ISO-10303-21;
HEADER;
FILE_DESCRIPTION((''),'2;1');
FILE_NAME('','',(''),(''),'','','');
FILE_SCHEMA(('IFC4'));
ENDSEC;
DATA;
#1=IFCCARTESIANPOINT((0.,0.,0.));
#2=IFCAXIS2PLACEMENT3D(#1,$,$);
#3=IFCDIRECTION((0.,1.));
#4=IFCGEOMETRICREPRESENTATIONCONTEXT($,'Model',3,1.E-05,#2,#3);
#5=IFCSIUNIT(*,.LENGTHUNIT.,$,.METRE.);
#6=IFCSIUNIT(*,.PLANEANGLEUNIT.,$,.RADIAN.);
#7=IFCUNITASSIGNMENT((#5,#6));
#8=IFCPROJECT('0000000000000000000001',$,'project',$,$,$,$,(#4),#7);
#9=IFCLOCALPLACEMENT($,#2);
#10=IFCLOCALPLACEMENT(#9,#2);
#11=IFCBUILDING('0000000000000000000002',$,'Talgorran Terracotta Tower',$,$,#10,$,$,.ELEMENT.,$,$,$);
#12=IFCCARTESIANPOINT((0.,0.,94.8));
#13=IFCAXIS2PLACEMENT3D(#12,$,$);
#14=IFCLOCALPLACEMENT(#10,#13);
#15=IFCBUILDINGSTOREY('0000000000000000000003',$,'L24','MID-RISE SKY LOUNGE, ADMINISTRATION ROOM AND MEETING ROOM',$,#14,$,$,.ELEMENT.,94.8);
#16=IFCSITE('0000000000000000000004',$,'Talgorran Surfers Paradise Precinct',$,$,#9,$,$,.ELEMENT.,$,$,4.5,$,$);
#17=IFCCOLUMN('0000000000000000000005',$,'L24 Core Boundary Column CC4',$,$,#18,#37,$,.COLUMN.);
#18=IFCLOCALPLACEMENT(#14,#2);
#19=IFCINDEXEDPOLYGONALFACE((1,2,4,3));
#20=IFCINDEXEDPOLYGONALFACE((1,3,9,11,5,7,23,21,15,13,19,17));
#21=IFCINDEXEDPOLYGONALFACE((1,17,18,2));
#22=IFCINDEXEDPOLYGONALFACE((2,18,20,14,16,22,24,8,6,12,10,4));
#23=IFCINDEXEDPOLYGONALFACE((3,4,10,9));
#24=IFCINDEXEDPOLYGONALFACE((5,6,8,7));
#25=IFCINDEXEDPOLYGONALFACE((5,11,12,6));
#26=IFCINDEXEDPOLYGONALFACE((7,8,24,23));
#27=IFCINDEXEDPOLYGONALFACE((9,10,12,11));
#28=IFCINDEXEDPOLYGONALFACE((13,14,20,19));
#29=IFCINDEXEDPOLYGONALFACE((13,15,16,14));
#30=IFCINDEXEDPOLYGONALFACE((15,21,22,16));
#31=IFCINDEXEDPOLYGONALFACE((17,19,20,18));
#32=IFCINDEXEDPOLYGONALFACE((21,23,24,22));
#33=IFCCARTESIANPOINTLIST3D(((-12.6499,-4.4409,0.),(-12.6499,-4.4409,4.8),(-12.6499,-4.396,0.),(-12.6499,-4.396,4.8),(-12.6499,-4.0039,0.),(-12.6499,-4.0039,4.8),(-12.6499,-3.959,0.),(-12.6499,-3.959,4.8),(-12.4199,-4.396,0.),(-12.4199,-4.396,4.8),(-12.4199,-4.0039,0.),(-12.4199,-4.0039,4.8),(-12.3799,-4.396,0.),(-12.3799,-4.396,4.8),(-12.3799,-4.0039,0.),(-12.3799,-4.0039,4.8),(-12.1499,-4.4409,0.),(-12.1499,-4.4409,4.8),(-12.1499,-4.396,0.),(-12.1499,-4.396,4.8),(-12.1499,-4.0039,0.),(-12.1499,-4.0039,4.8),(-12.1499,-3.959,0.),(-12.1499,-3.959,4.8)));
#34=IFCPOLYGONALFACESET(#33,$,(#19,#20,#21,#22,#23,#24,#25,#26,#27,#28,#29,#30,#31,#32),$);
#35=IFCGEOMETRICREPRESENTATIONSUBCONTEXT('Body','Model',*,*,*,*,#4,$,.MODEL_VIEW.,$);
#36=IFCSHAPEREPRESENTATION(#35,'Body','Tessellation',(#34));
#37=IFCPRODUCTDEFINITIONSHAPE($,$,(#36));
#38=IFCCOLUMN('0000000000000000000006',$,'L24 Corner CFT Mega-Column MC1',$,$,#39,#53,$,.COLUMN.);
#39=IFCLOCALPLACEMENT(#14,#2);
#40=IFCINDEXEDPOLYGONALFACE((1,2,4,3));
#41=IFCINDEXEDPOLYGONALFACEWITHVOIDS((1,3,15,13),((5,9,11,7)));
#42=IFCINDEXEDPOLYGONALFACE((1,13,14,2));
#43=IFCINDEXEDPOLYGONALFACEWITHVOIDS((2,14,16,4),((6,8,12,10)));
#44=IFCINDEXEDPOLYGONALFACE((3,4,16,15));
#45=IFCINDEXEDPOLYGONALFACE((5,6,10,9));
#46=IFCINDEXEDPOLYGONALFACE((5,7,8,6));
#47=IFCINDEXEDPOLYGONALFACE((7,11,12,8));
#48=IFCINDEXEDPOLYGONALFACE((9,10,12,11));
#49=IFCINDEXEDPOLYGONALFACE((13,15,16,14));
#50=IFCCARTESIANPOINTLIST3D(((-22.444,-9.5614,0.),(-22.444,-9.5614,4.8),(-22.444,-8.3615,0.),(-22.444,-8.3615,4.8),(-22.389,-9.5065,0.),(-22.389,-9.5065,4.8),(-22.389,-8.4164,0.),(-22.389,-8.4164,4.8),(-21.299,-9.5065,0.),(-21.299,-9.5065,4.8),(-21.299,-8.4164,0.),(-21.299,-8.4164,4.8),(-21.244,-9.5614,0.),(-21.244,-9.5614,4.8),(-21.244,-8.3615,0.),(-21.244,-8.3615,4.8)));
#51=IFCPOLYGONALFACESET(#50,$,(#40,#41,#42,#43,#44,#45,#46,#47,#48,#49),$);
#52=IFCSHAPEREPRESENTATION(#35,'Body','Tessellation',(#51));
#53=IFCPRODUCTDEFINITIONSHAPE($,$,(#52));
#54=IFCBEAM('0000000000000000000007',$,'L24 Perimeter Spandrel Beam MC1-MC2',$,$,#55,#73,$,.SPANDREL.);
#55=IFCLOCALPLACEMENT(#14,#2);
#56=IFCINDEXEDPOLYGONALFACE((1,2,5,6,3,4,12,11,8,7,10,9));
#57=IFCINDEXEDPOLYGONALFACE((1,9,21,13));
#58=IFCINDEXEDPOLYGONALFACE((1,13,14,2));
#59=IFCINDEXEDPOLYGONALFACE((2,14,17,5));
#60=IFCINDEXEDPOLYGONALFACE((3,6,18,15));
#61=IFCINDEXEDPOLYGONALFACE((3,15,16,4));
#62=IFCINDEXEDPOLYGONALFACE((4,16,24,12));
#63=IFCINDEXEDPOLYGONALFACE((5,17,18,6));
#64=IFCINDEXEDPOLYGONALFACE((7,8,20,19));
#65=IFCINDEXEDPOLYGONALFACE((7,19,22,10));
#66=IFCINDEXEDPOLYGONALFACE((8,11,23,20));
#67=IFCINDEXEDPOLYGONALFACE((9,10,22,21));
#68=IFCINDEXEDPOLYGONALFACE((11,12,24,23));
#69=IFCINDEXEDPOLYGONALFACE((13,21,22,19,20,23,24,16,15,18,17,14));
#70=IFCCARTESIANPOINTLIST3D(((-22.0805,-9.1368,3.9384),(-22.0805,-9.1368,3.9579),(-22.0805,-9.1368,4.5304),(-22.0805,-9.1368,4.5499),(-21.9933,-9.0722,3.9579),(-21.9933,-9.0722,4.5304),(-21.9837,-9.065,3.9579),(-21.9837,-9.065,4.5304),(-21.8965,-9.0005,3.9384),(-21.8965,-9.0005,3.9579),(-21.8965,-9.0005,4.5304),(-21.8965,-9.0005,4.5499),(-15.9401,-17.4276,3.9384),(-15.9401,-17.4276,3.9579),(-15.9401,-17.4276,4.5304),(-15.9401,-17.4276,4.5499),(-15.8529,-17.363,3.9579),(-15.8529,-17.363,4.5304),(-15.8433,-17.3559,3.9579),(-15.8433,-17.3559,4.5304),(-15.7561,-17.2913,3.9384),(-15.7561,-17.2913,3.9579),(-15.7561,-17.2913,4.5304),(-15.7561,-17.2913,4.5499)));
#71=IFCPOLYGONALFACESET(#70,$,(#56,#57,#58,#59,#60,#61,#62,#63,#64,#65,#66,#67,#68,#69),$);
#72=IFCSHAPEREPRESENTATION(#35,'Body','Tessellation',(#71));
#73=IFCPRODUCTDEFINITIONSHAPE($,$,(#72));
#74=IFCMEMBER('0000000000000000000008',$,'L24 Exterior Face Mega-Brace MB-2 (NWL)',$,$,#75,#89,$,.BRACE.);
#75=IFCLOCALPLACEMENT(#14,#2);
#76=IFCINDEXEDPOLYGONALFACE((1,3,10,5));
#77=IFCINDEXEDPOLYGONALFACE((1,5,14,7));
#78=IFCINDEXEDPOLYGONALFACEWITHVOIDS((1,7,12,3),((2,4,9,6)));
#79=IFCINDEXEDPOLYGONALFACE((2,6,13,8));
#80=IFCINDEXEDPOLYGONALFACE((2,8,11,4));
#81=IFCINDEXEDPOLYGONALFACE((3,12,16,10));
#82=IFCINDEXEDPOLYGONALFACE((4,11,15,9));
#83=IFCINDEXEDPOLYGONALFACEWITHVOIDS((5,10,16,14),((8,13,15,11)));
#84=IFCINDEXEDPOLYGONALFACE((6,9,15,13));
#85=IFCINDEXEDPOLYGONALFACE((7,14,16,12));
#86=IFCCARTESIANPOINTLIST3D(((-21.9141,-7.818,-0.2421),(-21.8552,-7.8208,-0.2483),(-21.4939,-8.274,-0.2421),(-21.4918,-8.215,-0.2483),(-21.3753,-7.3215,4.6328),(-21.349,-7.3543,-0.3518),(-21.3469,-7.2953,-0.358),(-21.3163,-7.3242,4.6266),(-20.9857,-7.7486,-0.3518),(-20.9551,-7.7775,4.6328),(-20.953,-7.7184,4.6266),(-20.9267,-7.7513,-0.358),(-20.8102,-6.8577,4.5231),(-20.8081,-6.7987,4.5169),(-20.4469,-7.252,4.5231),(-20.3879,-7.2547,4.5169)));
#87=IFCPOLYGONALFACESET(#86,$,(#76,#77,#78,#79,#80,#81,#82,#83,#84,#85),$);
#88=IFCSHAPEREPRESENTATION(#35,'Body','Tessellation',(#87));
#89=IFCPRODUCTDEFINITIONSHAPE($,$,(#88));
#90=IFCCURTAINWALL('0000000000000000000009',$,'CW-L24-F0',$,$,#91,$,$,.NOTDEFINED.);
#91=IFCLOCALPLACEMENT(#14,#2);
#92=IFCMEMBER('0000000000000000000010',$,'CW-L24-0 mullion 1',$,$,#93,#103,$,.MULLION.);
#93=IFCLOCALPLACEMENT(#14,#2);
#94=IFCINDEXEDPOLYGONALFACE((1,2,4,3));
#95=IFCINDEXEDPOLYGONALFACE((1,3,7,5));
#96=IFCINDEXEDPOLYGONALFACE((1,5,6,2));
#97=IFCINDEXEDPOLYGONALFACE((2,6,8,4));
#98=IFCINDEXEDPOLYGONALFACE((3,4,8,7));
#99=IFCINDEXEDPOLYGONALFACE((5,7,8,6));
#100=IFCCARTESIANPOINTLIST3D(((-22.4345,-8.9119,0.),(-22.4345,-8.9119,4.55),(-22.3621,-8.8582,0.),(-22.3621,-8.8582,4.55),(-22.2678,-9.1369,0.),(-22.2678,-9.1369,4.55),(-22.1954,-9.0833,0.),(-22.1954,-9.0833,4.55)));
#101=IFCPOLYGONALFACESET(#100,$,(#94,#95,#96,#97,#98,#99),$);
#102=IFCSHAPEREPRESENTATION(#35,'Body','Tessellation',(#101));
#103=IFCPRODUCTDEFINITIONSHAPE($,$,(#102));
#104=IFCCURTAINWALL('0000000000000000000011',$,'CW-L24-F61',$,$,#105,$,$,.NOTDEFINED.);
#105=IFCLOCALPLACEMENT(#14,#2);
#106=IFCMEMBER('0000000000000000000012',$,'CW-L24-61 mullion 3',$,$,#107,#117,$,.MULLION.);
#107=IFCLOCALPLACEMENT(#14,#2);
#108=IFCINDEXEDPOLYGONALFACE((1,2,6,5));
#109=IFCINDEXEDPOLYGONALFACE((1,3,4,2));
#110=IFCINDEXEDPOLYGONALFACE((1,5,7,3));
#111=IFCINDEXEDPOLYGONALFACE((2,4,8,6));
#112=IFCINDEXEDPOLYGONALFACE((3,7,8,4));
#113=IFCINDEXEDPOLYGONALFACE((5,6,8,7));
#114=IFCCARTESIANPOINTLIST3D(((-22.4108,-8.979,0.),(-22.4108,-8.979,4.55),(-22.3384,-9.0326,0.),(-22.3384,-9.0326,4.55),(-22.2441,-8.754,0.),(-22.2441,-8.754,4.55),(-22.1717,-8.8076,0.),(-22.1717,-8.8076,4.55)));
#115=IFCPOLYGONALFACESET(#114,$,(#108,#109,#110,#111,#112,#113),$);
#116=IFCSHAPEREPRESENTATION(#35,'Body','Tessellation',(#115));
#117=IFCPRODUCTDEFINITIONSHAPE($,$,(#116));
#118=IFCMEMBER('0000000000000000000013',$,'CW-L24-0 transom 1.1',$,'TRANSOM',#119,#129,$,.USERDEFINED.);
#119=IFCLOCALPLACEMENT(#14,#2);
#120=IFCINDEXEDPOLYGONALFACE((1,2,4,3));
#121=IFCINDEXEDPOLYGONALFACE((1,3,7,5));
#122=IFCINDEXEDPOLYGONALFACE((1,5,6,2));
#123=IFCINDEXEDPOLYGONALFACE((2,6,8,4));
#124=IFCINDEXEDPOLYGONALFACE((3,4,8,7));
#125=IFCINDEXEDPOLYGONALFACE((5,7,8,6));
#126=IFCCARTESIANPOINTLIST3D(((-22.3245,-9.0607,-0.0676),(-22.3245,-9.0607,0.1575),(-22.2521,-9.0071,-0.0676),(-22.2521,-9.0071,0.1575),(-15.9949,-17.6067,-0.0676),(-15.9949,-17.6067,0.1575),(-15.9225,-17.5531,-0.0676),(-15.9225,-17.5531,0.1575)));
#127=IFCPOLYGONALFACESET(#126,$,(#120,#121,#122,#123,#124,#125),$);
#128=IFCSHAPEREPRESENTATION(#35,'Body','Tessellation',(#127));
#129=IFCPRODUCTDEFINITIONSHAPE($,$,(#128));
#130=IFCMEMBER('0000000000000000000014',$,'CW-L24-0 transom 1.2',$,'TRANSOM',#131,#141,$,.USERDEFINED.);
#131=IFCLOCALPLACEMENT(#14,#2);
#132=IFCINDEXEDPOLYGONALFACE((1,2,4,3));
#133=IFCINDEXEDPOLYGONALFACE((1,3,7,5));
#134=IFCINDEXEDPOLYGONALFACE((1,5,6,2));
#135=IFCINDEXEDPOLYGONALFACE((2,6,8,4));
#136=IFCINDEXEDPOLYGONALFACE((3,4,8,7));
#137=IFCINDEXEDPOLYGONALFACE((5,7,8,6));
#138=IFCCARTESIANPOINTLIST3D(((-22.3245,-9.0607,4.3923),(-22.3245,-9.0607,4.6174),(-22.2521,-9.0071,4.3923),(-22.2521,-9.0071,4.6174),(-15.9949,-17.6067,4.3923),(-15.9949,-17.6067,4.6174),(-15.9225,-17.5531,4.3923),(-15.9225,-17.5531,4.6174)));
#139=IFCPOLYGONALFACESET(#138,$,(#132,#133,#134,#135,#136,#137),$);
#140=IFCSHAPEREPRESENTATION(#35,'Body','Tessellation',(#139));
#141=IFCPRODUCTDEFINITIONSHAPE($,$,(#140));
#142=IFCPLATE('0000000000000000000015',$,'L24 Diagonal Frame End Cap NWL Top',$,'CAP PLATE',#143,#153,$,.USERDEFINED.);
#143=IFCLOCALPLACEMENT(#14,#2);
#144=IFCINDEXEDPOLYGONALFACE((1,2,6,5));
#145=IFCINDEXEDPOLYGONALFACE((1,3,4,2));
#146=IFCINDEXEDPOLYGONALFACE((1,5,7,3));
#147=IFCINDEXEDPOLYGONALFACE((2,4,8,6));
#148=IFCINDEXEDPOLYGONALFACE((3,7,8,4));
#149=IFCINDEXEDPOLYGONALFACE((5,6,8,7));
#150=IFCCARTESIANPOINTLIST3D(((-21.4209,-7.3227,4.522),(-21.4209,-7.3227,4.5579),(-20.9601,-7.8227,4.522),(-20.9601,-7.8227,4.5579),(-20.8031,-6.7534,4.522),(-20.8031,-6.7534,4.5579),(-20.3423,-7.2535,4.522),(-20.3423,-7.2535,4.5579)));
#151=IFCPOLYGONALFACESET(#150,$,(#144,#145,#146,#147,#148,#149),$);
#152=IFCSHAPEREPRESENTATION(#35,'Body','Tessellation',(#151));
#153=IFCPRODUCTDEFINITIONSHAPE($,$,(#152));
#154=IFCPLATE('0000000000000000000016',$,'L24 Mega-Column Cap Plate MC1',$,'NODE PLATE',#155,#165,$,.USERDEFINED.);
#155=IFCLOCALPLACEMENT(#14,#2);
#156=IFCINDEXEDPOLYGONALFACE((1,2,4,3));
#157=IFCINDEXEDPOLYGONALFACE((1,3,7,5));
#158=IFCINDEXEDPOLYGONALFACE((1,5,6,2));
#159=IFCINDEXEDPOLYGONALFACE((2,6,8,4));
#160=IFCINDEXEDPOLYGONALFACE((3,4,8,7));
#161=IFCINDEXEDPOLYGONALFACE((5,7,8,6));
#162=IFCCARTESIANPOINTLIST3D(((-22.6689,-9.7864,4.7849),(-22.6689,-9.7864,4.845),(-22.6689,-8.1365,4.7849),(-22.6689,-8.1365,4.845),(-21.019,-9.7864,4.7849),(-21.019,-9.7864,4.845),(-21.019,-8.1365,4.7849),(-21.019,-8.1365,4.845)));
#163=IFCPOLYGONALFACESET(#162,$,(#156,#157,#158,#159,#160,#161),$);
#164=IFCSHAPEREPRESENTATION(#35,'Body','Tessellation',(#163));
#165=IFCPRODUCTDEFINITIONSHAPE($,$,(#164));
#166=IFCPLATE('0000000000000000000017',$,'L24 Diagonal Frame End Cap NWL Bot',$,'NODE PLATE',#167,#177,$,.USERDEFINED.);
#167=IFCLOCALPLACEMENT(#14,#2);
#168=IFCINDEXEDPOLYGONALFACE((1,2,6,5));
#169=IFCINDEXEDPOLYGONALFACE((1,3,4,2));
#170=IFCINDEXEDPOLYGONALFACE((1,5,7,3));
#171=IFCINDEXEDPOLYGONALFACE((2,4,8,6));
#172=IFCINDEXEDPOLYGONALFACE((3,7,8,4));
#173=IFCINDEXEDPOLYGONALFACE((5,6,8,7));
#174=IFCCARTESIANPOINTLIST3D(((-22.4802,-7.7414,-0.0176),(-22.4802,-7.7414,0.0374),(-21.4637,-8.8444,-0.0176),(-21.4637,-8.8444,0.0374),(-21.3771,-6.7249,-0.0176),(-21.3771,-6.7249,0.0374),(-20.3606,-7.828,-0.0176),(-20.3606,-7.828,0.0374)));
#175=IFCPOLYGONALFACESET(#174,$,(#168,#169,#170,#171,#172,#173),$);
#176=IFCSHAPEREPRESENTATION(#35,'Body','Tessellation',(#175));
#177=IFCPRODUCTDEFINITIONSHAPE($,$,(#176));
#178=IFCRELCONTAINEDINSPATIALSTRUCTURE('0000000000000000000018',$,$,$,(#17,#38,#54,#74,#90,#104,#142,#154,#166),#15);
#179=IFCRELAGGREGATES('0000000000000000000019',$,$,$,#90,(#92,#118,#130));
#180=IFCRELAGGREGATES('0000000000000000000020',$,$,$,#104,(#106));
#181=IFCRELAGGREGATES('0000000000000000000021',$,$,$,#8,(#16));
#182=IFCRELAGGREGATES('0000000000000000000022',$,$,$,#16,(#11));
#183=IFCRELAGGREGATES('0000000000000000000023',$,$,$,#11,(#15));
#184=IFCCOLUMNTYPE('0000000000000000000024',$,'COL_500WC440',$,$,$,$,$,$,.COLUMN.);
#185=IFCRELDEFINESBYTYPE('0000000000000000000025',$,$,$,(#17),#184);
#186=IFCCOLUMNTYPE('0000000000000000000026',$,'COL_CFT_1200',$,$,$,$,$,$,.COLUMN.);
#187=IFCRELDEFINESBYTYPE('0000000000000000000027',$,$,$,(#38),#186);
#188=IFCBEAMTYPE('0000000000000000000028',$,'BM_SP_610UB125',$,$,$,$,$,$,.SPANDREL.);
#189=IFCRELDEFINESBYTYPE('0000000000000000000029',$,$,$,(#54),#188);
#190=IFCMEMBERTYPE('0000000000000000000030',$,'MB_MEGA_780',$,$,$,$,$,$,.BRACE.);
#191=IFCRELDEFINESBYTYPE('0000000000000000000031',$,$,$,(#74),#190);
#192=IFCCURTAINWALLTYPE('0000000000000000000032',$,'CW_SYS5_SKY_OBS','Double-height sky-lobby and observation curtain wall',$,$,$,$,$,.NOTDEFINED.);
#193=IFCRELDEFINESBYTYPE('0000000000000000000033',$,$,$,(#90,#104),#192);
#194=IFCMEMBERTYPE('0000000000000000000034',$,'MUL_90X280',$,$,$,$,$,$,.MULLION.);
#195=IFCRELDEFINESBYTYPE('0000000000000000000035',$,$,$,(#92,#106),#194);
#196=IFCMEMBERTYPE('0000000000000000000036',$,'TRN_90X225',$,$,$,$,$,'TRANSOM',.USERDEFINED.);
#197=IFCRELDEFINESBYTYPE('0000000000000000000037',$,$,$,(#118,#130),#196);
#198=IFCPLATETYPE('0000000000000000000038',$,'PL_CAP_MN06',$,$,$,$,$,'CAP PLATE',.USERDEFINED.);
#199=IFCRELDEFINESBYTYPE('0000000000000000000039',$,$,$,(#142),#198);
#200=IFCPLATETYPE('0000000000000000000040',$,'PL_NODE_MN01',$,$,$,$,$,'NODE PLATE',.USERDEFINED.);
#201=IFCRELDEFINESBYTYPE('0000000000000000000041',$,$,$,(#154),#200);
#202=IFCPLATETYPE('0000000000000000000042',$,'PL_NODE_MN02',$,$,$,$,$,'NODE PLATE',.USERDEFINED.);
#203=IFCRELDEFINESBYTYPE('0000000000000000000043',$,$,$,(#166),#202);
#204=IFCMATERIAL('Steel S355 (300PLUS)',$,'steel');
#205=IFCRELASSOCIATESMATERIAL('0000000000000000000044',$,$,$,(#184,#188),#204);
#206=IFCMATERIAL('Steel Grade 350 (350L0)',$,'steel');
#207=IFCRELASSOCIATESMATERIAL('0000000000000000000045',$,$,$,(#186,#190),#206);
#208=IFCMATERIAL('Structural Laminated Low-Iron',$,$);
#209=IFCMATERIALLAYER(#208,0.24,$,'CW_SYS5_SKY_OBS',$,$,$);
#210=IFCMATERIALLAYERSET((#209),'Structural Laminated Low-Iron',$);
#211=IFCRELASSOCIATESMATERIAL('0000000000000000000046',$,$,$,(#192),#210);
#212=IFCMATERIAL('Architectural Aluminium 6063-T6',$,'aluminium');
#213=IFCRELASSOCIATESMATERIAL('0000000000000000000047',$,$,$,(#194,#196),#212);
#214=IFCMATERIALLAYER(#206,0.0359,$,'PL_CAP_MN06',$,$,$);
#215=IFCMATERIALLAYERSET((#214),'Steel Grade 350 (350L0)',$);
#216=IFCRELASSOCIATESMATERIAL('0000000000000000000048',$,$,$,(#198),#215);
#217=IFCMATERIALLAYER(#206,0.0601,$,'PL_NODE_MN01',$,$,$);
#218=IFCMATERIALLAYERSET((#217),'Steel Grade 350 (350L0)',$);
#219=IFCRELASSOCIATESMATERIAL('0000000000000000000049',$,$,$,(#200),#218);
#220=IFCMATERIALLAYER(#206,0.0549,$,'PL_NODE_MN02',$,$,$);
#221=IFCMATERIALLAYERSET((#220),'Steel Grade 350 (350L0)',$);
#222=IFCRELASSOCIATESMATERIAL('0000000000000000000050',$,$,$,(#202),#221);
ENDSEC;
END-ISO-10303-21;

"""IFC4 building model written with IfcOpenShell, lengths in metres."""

from ifc_helpers import new_model, si_unit, direction, frame, origin, origin_2d, place, context, subcontext, project, spatial, rectangle, hollow_rectangle, i_section, extrude, material, layer, layer_set, material_profile, profile_set, type_object, element, aggregate, save


model = new_model("IFC4")

# Units and contexts
model_context = context("Model", 3, precision=1e-05, world=origin(), true_north=direction((0.0, 1.0)))
body_context = subcontext(model_context, "Body", "Model", "MODEL_VIEW")
ifc_project = project(units=[si_unit("LENGTHUNIT", "METRE"), si_unit("PLANEANGLEUNIT", "RADIAN")], contexts=[model_context])

# Site, building, storey
site_placement = place(None, origin())
site = spatial("IfcSite", under=ifc_project, at=site_placement, Name="Talgorran Surfers Paradise Precinct", CompositionType="ELEMENT", RefElevation=4.5)
building_placement = place(site_placement, origin())
building = spatial("IfcBuilding", under=site, at=building_placement, Name="Talgorran Terracotta Tower", CompositionType="ELEMENT")
storey_placement = place(building_placement, frame((0.0, 0.0, 94.8)))
storey = spatial("IfcBuildingStorey", under=building, at=storey_placement, Name="L24", Description="MID-RISE SKY LOUNGE, ADMINISTRATION ROOM AND MEETING ROOM", CompositionType="ELEMENT", Elevation=94.8)

# Columns
ifc_material_1 = material(Name="Steel S355 (300PLUS)", Category="steel")
ifc_material_profile_1 = material_profile(ifc_material_1, i_section(OverallWidth=0.5, OverallDepth=0.4819, WebThickness=0.04, FlangeThickness=0.0449, at=origin_2d()), Name="500WC440")
ifc_profile_set_1 = profile_set([ifc_material_profile_1], Name="Steel S355 (300PLUS)")
column_type_1 = type_object("IfcColumnType", Name="COL_500WC440", PredefinedType="COLUMN", material=ifc_profile_set_1)
column_1_placement = place(storey_placement, frame((-12.3999, -4.2, 0.0), z_axis=(0.0, 0.0, 1.0), x_axis=(1.0, 0.0, 0.0)))
element("IfcColumn", 1, at=column_1_placement, inside=storey, type_object=column_type_1, Name="L24 Core Boundary Column CC4", PredefinedType="COLUMN", context=body_context, shape_type="SweptSolid", body=[
    extrude(i_section(OverallWidth=0.5, OverallDepth=0.4819, WebThickness=0.04, FlangeThickness=0.0449, at=origin_2d()), origin(), (0.0, 0.0, 1.0), 4.8),
])
ifc_material_2 = material(Name="Steel Grade 350 (350L0)", Category="steel")
ifc_material_profile_2 = material_profile(ifc_material_2, hollow_rectangle(XDim=1.2, YDim=1.2, WallThickness=0.0549, at=origin_2d()), Name="CFT1200X1200X55")
ifc_profile_set_2 = profile_set([ifc_material_profile_2], Name="Steel Grade 350 (350L0)")
column_type_2 = type_object("IfcColumnType", Name="COL_CFT_1200", PredefinedType="COLUMN", material=ifc_profile_set_2)
column_2_placement = place(storey_placement, frame((-21.844, -8.9614, 0.0), z_axis=(0.0, 0.0, 1.0), x_axis=(1.0, 0.0, 0.0)))
element("IfcColumn", 2, at=column_2_placement, inside=storey, type_object=column_type_2, Name="L24 Corner CFT Mega-Column MC1", PredefinedType="COLUMN", context=body_context, shape_type="SweptSolid", body=[
    extrude(hollow_rectangle(XDim=1.2, YDim=1.2, WallThickness=0.0549, at=origin_2d()), origin(), (0.0, 0.0, 1.0), 4.8),
])

# Beam
ifc_material_profile_3 = material_profile(ifc_material_1, i_section(OverallWidth=0.229, OverallDepth=0.6116, WebThickness=0.012, FlangeThickness=0.0195, at=origin_2d()), Name="610UB125")
ifc_profile_set_3 = profile_set([ifc_material_profile_3], Name="Steel S355 (300PLUS)")
beam_type = type_object("IfcBeamType", Name="BM_SP_610UB125", PredefinedType="SPANDREL", material=ifc_profile_set_3)
beam_placement = place(storey_placement, frame((-21.9885, -9.0686, 4.2441), z_axis=(0.595169, -0.8036, 0.0), x_axis=(0.8036, 0.595169, 0.0)))
element("IfcBeam", 3, at=beam_placement, inside=storey, type_object=beam_type, Name="L24 Perimeter Spandrel Beam MC1-MC2", PredefinedType="SPANDREL", context=body_context, shape_type="SweptSolid", body=[
    extrude(i_section(OverallWidth=0.229, OverallDepth=0.6116, WebThickness=0.012, FlangeThickness=0.0195, at=origin_2d()), origin(), (0.0, 0.0, 1.0), 10.3171),
])

# Member
ifc_material_profile_4 = material_profile(ifc_material_2, hollow_rectangle(XDim=0.6201, YDim=0.78, WallThickness=0.042, at=origin_2d()), Name="WBOX780X620X42")
ifc_profile_set_4 = profile_set([ifc_material_profile_4], Name="Steel Grade 350 (350L0)")
member_type_1 = type_object("IfcMemberType", Name="MB_MEGA_780", PredefinedType="BRACE", material=ifc_profile_set_4)
member_1_placement = place(storey_placement, frame((-21.4204, -7.7847, -0.3), z_axis=(0.109299, 0.100731, 0.988892), x_axis=(-0.677699, 0.73534, 0.0)))
element("IfcMember", 4, at=member_1_placement, inside=storey, type_object=member_type_1, Name="L24 Exterior Face Mega-Brace MB-2 (NWL)", PredefinedType="BRACE", context=body_context, shape_type="SweptSolid", body=[
    extrude(hollow_rectangle(XDim=0.6201, YDim=0.78, WallThickness=0.042, at=origin_2d()), origin(), (0.0, 0.0, 1.0), 4.9297),
])

# Curtain walls, members
ifc_material_3 = material(Name="Structural Laminated Low-Iron")
ifc_layer_1 = layer(ifc_material_3, 0.24, Name="CW_SYS5_SKY_OBS")
ifc_layer_set_1 = layer_set([ifc_layer_1], Name="Structural Laminated Low-Iron")
curtain_wall_type = type_object("IfcCurtainWallType", Name="CW_SYS5_SKY_OBS", Description="Double-height sky-lobby and observation curtain wall", PredefinedType="NOTDEFINED", material=ifc_layer_set_1)
curtain_wall_1_placement = place(storey_placement, origin())
curtain_wall_1 = element("IfcCurtainWall", 5, at=curtain_wall_1_placement, inside=storey, type_object=curtain_wall_type, Name="CW-L24-F0", PredefinedType="NOTDEFINED")
ifc_material_4 = material(Name="Architectural Aluminium 6063-T6", Category="aluminium")
ifc_material_profile_5 = material_profile(ifc_material_4, rectangle(XDim=0.0901, YDim=0.28, at=origin_2d()), Name="CWM90X280")
ifc_profile_set_5 = profile_set([ifc_material_profile_5], Name="Architectural Aluminium 6063-T6")
member_type_2 = type_object("IfcMemberType", Name="MUL_90X280", PredefinedType="MULLION", material=ifc_profile_set_5)
member_2_placement = place(storey_placement, frame((-22.3149, -8.9976, 0.0), z_axis=(0.0, 0.0, 1.0), x_axis=(0.803595, 0.595176, 0.0)))
member_2 = element("IfcMember", 6, at=member_2_placement, type_object=member_type_2, Name="CW-L24-0 mullion 1", PredefinedType="MULLION", context=body_context, shape_type="SweptSolid", body=[
    extrude(rectangle(XDim=0.0901, YDim=0.28, at=origin_2d()), origin(), (0.0, 0.0, 1.0), 4.55),
])
curtain_wall_2_placement = place(storey_placement, origin())
curtain_wall_2 = element("IfcCurtainWall", 7, at=curtain_wall_2_placement, inside=storey, type_object=curtain_wall_type, Name="CW-L24-F61", PredefinedType="NOTDEFINED")
member_3_placement = place(storey_placement, frame((-22.2913, -8.8933, 0.0), z_axis=(0.0, 0.0, 1.0), x_axis=(0.803594, -0.595178, 0.0)))
member_3 = element("IfcMember", 8, at=member_3_placement, type_object=member_type_2, Name="CW-L24-61 mullion 3", PredefinedType="MULLION", context=body_context, shape_type="SweptSolid", body=[
    extrude(rectangle(XDim=0.0901, YDim=0.28, at=origin_2d()), origin(), (0.0, 0.0, 1.0), 4.55),
])

# Members
ifc_material_profile_6 = material_profile(ifc_material_4, rectangle(XDim=0.0901, YDim=0.2251, at=origin_2d()), Name="CWT90X225")
ifc_profile_set_6 = profile_set([ifc_material_profile_6], Name="Architectural Aluminium 6063-T6")
member_type_3 = type_object("IfcMemberType", Name="TRN_90X225", ElementType="TRANSOM", PredefinedType="USERDEFINED", material=ifc_profile_set_6)
member_4_placement = place(storey_placement, frame((-22.2883, -9.0339, 0.0449), z_axis=(0.595185, -0.803589, 0.0), x_axis=(0.803589, 0.595185, 0.0)))
member_4 = element("IfcMember", 9, at=member_4_placement, type_object=member_type_3, Name="CW-L24-0 transom 1.1", ObjectType="TRANSOM", PredefinedType="USERDEFINED", context=body_context, shape_type="SweptSolid", body=[
    extrude(rectangle(XDim=0.0901, YDim=0.2251, at=origin_2d()), origin(), (0.0, 0.0, 1.0), 10.6348),
])
member_5_placement = place(storey_placement, frame((-22.2883, -9.0339, 4.5049), z_axis=(0.595185, -0.803589, 0.0), x_axis=(0.803589, 0.595185, 0.0)))
member_5 = element("IfcMember", 10, at=member_5_placement, type_object=member_type_3, Name="CW-L24-0 transom 1.2", ObjectType="TRANSOM", PredefinedType="USERDEFINED", context=body_context, shape_type="SweptSolid", body=[
    extrude(rectangle(XDim=0.0901, YDim=0.2251, at=origin_2d()), origin(), (0.0, 0.0, 1.0), 10.6348),
])

# Plates
ifc_layer_2 = layer(ifc_material_2, 0.0359, Name="PL_CAP_MN06")
ifc_layer_set_2 = layer_set([ifc_layer_2], Name="Steel Grade 350 (350L0)")
plate_type_1 = type_object("IfcPlateType", Name="PL_CAP_MN06", ElementType="CAP PLATE", PredefinedType="USERDEFINED", material=ifc_layer_set_2)
plate_1_placement = place(storey_placement, frame((-20.8816, -7.2881, 4.522), z_axis=(0.0, 0.0, 1.0), x_axis=(0.735388, 0.677646, 0.0)))
element("IfcPlate", 11, at=plate_1_placement, inside=storey, type_object=plate_type_1, Name="L24 Diagonal Frame End Cap NWL Top", ObjectType="CAP PLATE", PredefinedType="USERDEFINED", context=body_context, shape_type="SweptSolid", body=[
    extrude(rectangle(XDim=0.8401, YDim=0.6799, at=origin_2d()), origin(), (0.0, 0.0, 1.0), 0.0359),
])
ifc_layer_3 = layer(ifc_material_2, 0.0601, Name="PL_NODE_MN01")
ifc_layer_set_3 = layer_set([ifc_layer_3], Name="Steel Grade 350 (350L0)")
plate_type_2 = type_object("IfcPlateType", Name="PL_NODE_MN01", ElementType="NODE PLATE", PredefinedType="USERDEFINED", material=ifc_layer_set_3)
plate_2_placement = place(storey_placement, frame((-21.844, -8.9614, 4.7849), z_axis=(0.0, 0.0, 1.0), x_axis=(1.0, 0.0, 0.0)))
element("IfcPlate", 12, at=plate_2_placement, inside=storey, type_object=plate_type_2, Name="L24 Mega-Column Cap Plate MC1", ObjectType="NODE PLATE", PredefinedType="USERDEFINED", context=body_context, shape_type="SweptSolid", body=[
    extrude(rectangle(XDim=1.6499, YDim=1.6499, at=origin_2d()), origin(), (0.0, 0.0, 1.0), 0.0601),
])
ifc_layer_4 = layer(ifc_material_2, 0.0549, Name="PL_NODE_MN02")
ifc_layer_set_4 = layer_set([ifc_layer_4], Name="Steel Grade 350 (350L0)")
plate_type_3 = type_object("IfcPlateType", Name="PL_NODE_MN02", ElementType="NODE PLATE", PredefinedType="USERDEFINED", material=ifc_layer_set_4)
plate_3_placement = place(storey_placement, frame((-21.4204, -7.7847, -0.0176), z_axis=(0.0, 0.0, 1.0), x_axis=(0.735388, 0.677646, 0.0)))
element("IfcPlate", 13, at=plate_3_placement, inside=storey, type_object=plate_type_3, Name="L24 Diagonal Frame End Cap NWL Bot", ObjectType="NODE PLATE", PredefinedType="USERDEFINED", context=body_context, shape_type="SweptSolid", body=[
    extrude(rectangle(XDim=1.5, YDim=1.5, at=origin_2d()), origin(), (0.0, 0.0, 1.0), 0.0549),
])

aggregate(curtain_wall_1, [member_2, member_4, member_5])
aggregate(curtain_wall_2, [member_3])

save(model, "model.ifc")
